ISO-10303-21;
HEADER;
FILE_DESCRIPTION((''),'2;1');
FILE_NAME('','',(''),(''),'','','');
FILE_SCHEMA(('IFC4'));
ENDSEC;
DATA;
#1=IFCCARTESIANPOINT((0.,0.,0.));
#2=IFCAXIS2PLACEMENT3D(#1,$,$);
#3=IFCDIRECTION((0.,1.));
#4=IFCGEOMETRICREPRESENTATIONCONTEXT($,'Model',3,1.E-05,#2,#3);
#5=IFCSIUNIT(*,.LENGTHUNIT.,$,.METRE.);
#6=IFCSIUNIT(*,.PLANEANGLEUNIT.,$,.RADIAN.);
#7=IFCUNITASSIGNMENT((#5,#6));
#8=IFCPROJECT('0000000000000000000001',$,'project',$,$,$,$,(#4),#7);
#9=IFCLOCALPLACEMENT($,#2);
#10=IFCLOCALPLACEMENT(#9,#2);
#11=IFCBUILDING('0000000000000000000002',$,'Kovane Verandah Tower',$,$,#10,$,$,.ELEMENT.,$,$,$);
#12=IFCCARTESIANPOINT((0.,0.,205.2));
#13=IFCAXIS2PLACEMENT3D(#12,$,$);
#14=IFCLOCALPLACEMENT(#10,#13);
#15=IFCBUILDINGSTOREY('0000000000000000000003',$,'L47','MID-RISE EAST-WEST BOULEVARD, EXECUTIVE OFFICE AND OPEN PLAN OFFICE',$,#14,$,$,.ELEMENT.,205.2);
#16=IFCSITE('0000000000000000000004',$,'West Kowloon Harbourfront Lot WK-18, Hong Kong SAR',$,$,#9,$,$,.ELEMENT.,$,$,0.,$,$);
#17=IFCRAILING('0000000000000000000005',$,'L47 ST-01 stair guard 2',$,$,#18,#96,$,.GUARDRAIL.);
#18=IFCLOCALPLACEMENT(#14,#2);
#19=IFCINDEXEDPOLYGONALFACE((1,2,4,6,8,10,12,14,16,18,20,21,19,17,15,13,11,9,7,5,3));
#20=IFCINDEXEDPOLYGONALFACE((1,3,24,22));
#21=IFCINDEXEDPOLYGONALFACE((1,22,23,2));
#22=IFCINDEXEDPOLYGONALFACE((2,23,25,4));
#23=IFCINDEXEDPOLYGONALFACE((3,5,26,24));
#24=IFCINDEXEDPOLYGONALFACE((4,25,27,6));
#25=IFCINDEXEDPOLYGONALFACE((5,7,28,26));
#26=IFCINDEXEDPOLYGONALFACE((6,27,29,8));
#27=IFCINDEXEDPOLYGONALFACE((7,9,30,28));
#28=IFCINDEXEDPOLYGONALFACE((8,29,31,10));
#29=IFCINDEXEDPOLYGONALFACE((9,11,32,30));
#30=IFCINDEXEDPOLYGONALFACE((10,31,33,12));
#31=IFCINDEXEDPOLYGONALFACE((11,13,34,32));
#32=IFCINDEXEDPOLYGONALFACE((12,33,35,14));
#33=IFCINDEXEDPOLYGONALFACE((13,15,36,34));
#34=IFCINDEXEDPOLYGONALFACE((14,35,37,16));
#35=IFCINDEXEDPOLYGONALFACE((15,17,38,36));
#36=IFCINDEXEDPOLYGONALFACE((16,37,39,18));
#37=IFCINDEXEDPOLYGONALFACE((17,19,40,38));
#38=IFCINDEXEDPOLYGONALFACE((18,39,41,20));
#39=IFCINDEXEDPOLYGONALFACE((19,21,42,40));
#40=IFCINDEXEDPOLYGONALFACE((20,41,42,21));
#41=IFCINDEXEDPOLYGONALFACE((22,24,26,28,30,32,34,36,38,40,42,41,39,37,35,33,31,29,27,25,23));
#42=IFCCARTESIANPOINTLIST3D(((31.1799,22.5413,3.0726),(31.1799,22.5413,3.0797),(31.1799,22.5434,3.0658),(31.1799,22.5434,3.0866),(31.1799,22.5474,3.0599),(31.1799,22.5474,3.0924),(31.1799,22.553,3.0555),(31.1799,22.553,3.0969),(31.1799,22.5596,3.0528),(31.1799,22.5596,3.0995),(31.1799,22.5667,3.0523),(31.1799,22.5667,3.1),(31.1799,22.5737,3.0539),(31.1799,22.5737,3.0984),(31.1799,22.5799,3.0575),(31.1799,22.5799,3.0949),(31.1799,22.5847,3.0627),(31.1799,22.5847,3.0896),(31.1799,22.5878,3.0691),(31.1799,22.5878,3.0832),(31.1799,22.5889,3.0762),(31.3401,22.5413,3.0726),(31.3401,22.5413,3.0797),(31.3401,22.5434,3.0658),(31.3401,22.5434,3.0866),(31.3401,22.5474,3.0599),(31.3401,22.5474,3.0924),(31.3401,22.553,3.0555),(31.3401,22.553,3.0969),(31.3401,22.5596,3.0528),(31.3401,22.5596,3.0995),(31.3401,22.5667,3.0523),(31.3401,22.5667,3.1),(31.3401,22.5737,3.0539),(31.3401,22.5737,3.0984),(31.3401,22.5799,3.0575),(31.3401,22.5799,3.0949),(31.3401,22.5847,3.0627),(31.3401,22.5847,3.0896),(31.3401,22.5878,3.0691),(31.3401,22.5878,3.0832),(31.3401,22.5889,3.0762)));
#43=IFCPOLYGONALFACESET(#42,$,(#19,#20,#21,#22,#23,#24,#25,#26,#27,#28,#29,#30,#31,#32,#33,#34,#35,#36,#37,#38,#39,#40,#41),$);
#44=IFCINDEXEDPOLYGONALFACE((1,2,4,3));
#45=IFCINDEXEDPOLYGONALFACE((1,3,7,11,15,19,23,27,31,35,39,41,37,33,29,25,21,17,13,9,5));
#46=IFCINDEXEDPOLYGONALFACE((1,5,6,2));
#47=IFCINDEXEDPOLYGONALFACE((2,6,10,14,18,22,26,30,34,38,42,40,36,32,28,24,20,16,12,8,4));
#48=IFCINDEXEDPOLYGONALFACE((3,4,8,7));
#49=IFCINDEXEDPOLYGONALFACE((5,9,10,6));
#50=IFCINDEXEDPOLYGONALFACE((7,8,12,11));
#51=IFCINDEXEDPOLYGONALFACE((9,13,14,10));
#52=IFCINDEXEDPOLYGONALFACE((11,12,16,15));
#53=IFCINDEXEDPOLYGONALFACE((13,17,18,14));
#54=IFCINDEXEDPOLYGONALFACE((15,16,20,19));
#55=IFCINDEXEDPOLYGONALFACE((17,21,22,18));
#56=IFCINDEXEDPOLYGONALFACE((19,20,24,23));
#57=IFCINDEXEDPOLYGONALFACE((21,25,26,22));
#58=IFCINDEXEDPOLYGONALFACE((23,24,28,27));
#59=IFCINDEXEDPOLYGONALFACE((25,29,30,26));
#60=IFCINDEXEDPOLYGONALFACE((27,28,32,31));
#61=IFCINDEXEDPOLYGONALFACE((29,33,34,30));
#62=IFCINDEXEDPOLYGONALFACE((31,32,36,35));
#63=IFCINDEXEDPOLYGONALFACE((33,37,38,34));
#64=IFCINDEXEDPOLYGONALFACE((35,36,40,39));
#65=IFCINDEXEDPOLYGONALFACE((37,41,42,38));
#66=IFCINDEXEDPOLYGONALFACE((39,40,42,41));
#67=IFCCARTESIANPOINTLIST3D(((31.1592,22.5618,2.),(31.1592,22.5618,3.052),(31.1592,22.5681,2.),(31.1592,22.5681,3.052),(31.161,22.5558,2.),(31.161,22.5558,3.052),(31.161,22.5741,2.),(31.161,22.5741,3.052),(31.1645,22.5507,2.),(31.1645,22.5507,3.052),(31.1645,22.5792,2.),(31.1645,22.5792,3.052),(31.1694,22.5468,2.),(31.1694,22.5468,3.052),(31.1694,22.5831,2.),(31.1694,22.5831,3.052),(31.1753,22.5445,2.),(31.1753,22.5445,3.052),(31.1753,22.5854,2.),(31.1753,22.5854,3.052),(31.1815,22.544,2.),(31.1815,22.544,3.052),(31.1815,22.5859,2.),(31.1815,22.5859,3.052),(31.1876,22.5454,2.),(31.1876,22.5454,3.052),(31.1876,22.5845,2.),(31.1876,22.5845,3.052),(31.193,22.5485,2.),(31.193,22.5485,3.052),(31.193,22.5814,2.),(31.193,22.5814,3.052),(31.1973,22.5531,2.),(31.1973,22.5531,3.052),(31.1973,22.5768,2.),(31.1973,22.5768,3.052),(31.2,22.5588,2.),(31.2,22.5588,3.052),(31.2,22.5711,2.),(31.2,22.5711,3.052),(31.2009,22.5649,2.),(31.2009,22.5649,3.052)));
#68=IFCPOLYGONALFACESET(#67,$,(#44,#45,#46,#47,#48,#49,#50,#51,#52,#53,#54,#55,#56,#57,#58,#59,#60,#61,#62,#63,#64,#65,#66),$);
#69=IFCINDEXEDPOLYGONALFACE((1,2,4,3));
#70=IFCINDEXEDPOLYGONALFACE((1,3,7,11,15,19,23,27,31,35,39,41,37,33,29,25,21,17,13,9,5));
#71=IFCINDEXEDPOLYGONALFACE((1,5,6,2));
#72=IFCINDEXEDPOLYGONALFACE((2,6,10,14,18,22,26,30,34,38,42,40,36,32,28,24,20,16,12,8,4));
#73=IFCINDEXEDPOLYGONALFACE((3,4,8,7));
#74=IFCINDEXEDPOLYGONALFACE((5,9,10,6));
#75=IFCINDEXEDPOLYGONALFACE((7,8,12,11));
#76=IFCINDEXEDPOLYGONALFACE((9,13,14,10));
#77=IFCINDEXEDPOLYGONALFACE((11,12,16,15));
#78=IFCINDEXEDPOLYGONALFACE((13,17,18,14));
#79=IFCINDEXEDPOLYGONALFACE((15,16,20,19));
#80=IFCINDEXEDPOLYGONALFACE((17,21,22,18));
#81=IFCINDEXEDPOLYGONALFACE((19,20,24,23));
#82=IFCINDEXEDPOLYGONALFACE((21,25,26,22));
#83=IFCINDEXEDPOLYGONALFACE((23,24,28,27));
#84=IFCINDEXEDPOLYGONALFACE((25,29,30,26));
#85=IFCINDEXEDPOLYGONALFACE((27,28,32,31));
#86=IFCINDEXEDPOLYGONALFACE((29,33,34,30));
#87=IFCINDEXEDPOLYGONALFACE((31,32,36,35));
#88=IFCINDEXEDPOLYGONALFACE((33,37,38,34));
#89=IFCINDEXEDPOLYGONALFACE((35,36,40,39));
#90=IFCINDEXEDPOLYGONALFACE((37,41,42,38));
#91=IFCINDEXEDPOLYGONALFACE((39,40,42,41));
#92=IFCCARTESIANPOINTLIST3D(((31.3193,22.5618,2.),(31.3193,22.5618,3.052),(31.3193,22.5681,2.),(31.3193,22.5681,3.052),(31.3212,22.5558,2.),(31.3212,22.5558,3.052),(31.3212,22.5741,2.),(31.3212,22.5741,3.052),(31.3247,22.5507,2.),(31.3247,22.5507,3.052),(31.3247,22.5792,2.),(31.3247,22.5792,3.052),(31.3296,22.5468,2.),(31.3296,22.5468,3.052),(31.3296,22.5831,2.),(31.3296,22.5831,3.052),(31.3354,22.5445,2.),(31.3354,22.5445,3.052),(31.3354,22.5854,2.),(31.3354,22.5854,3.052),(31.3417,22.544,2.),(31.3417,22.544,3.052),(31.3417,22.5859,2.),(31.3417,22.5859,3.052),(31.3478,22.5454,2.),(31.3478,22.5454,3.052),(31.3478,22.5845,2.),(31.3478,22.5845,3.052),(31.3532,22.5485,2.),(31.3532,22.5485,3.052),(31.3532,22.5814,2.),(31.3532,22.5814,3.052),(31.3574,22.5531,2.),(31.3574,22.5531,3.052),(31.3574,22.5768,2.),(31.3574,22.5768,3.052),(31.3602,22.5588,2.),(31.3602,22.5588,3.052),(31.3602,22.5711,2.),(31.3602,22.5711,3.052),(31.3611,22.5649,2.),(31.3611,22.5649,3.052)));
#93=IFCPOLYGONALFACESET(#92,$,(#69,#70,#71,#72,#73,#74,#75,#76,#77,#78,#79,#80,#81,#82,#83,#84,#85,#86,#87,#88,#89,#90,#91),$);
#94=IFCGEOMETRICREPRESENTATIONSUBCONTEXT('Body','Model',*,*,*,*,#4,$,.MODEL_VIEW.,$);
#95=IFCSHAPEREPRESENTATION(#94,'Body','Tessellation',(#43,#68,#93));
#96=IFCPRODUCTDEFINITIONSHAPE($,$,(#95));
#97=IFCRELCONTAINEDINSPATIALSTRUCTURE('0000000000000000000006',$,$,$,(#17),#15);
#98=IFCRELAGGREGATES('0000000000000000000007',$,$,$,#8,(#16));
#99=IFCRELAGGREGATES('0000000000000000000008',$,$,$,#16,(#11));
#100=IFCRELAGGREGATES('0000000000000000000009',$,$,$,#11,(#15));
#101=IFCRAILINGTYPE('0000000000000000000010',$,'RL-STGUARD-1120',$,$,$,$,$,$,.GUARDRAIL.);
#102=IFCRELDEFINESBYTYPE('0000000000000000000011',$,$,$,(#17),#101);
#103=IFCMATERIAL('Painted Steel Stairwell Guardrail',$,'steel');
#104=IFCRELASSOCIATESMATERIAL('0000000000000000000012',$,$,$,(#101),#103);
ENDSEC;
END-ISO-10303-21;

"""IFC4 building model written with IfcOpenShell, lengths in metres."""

from ifc_helpers import new_model, si_unit, direction, frame, origin, origin_2d, place, context, subcontext, project, spatial, circle, extrude, material, type_object, element, save


model = new_model("IFC4")

# Units and contexts
model_context = context("Model", 3, precision=1e-05, world=origin(), true_north=direction((0.0, 1.0)))
body_context = subcontext(model_context, "Body", "Model", "MODEL_VIEW")
ifc_project = project(units=[si_unit("LENGTHUNIT", "METRE"), si_unit("PLANEANGLEUNIT", "RADIAN")], contexts=[model_context])

# Site, building, storey
site_placement = place(None, origin())
site = spatial("IfcSite", under=ifc_project, at=site_placement, Name="West Kowloon Harbourfront Lot WK-18, Hong Kong SAR", CompositionType="ELEMENT", RefElevation=0.0)
building_placement = place(site_placement, origin())
building = spatial("IfcBuilding", under=site, at=building_placement, Name="Kovane Verandah Tower", CompositionType="ELEMENT")
storey_placement = place(building_placement, frame((0.0, 0.0, 205.2)))
storey = spatial("IfcBuildingStorey", under=building, at=storey_placement, Name="L47", Description="MID-RISE EAST-WEST BOULEVARD, EXECUTIVE OFFICE AND OPEN PLAN OFFICE", CompositionType="ELEMENT", Elevation=205.2)

# Railing
ifc_material_1 = material(Name="Painted Steel Stairwell Guardrail", Category="steel")
railing_type_1 = type_object("IfcRailingType", Name="RL-STGUARD-1120", PredefinedType="GUARDRAIL", material=ifc_material_1)
railing_1_placement = place(storey_placement, frame((31.1799, 22.5649, 2.0)))
element("IfcRailing", 1, at=railing_1_placement, inside=storey, type_object=railing_type_1, Name="L47 ST-01 stair guard 2", PredefinedType="GUARDRAIL", context=body_context, shape_type="SweptSolid", body=[
    extrude(circle(Radius=0.0239, at=origin_2d()), frame((0.0, 0.0, 1.0762), z_axis=(1.0, 0.0, 0.0), x_axis=(0.0, 1.0, 0.0)), (0.0, 0.0, 1.0), 0.1602),
    extrude(circle(Radius=0.021, at=origin_2d()), origin(), (0.0, 0.0, 1.0), 1.052),
    extrude(circle(Radius=0.021, at=origin_2d()), frame((0.1602, 0.0, 0.0)), (0.0, 0.0, 1.0), 1.052),
])

save(model, "model.ifc")
